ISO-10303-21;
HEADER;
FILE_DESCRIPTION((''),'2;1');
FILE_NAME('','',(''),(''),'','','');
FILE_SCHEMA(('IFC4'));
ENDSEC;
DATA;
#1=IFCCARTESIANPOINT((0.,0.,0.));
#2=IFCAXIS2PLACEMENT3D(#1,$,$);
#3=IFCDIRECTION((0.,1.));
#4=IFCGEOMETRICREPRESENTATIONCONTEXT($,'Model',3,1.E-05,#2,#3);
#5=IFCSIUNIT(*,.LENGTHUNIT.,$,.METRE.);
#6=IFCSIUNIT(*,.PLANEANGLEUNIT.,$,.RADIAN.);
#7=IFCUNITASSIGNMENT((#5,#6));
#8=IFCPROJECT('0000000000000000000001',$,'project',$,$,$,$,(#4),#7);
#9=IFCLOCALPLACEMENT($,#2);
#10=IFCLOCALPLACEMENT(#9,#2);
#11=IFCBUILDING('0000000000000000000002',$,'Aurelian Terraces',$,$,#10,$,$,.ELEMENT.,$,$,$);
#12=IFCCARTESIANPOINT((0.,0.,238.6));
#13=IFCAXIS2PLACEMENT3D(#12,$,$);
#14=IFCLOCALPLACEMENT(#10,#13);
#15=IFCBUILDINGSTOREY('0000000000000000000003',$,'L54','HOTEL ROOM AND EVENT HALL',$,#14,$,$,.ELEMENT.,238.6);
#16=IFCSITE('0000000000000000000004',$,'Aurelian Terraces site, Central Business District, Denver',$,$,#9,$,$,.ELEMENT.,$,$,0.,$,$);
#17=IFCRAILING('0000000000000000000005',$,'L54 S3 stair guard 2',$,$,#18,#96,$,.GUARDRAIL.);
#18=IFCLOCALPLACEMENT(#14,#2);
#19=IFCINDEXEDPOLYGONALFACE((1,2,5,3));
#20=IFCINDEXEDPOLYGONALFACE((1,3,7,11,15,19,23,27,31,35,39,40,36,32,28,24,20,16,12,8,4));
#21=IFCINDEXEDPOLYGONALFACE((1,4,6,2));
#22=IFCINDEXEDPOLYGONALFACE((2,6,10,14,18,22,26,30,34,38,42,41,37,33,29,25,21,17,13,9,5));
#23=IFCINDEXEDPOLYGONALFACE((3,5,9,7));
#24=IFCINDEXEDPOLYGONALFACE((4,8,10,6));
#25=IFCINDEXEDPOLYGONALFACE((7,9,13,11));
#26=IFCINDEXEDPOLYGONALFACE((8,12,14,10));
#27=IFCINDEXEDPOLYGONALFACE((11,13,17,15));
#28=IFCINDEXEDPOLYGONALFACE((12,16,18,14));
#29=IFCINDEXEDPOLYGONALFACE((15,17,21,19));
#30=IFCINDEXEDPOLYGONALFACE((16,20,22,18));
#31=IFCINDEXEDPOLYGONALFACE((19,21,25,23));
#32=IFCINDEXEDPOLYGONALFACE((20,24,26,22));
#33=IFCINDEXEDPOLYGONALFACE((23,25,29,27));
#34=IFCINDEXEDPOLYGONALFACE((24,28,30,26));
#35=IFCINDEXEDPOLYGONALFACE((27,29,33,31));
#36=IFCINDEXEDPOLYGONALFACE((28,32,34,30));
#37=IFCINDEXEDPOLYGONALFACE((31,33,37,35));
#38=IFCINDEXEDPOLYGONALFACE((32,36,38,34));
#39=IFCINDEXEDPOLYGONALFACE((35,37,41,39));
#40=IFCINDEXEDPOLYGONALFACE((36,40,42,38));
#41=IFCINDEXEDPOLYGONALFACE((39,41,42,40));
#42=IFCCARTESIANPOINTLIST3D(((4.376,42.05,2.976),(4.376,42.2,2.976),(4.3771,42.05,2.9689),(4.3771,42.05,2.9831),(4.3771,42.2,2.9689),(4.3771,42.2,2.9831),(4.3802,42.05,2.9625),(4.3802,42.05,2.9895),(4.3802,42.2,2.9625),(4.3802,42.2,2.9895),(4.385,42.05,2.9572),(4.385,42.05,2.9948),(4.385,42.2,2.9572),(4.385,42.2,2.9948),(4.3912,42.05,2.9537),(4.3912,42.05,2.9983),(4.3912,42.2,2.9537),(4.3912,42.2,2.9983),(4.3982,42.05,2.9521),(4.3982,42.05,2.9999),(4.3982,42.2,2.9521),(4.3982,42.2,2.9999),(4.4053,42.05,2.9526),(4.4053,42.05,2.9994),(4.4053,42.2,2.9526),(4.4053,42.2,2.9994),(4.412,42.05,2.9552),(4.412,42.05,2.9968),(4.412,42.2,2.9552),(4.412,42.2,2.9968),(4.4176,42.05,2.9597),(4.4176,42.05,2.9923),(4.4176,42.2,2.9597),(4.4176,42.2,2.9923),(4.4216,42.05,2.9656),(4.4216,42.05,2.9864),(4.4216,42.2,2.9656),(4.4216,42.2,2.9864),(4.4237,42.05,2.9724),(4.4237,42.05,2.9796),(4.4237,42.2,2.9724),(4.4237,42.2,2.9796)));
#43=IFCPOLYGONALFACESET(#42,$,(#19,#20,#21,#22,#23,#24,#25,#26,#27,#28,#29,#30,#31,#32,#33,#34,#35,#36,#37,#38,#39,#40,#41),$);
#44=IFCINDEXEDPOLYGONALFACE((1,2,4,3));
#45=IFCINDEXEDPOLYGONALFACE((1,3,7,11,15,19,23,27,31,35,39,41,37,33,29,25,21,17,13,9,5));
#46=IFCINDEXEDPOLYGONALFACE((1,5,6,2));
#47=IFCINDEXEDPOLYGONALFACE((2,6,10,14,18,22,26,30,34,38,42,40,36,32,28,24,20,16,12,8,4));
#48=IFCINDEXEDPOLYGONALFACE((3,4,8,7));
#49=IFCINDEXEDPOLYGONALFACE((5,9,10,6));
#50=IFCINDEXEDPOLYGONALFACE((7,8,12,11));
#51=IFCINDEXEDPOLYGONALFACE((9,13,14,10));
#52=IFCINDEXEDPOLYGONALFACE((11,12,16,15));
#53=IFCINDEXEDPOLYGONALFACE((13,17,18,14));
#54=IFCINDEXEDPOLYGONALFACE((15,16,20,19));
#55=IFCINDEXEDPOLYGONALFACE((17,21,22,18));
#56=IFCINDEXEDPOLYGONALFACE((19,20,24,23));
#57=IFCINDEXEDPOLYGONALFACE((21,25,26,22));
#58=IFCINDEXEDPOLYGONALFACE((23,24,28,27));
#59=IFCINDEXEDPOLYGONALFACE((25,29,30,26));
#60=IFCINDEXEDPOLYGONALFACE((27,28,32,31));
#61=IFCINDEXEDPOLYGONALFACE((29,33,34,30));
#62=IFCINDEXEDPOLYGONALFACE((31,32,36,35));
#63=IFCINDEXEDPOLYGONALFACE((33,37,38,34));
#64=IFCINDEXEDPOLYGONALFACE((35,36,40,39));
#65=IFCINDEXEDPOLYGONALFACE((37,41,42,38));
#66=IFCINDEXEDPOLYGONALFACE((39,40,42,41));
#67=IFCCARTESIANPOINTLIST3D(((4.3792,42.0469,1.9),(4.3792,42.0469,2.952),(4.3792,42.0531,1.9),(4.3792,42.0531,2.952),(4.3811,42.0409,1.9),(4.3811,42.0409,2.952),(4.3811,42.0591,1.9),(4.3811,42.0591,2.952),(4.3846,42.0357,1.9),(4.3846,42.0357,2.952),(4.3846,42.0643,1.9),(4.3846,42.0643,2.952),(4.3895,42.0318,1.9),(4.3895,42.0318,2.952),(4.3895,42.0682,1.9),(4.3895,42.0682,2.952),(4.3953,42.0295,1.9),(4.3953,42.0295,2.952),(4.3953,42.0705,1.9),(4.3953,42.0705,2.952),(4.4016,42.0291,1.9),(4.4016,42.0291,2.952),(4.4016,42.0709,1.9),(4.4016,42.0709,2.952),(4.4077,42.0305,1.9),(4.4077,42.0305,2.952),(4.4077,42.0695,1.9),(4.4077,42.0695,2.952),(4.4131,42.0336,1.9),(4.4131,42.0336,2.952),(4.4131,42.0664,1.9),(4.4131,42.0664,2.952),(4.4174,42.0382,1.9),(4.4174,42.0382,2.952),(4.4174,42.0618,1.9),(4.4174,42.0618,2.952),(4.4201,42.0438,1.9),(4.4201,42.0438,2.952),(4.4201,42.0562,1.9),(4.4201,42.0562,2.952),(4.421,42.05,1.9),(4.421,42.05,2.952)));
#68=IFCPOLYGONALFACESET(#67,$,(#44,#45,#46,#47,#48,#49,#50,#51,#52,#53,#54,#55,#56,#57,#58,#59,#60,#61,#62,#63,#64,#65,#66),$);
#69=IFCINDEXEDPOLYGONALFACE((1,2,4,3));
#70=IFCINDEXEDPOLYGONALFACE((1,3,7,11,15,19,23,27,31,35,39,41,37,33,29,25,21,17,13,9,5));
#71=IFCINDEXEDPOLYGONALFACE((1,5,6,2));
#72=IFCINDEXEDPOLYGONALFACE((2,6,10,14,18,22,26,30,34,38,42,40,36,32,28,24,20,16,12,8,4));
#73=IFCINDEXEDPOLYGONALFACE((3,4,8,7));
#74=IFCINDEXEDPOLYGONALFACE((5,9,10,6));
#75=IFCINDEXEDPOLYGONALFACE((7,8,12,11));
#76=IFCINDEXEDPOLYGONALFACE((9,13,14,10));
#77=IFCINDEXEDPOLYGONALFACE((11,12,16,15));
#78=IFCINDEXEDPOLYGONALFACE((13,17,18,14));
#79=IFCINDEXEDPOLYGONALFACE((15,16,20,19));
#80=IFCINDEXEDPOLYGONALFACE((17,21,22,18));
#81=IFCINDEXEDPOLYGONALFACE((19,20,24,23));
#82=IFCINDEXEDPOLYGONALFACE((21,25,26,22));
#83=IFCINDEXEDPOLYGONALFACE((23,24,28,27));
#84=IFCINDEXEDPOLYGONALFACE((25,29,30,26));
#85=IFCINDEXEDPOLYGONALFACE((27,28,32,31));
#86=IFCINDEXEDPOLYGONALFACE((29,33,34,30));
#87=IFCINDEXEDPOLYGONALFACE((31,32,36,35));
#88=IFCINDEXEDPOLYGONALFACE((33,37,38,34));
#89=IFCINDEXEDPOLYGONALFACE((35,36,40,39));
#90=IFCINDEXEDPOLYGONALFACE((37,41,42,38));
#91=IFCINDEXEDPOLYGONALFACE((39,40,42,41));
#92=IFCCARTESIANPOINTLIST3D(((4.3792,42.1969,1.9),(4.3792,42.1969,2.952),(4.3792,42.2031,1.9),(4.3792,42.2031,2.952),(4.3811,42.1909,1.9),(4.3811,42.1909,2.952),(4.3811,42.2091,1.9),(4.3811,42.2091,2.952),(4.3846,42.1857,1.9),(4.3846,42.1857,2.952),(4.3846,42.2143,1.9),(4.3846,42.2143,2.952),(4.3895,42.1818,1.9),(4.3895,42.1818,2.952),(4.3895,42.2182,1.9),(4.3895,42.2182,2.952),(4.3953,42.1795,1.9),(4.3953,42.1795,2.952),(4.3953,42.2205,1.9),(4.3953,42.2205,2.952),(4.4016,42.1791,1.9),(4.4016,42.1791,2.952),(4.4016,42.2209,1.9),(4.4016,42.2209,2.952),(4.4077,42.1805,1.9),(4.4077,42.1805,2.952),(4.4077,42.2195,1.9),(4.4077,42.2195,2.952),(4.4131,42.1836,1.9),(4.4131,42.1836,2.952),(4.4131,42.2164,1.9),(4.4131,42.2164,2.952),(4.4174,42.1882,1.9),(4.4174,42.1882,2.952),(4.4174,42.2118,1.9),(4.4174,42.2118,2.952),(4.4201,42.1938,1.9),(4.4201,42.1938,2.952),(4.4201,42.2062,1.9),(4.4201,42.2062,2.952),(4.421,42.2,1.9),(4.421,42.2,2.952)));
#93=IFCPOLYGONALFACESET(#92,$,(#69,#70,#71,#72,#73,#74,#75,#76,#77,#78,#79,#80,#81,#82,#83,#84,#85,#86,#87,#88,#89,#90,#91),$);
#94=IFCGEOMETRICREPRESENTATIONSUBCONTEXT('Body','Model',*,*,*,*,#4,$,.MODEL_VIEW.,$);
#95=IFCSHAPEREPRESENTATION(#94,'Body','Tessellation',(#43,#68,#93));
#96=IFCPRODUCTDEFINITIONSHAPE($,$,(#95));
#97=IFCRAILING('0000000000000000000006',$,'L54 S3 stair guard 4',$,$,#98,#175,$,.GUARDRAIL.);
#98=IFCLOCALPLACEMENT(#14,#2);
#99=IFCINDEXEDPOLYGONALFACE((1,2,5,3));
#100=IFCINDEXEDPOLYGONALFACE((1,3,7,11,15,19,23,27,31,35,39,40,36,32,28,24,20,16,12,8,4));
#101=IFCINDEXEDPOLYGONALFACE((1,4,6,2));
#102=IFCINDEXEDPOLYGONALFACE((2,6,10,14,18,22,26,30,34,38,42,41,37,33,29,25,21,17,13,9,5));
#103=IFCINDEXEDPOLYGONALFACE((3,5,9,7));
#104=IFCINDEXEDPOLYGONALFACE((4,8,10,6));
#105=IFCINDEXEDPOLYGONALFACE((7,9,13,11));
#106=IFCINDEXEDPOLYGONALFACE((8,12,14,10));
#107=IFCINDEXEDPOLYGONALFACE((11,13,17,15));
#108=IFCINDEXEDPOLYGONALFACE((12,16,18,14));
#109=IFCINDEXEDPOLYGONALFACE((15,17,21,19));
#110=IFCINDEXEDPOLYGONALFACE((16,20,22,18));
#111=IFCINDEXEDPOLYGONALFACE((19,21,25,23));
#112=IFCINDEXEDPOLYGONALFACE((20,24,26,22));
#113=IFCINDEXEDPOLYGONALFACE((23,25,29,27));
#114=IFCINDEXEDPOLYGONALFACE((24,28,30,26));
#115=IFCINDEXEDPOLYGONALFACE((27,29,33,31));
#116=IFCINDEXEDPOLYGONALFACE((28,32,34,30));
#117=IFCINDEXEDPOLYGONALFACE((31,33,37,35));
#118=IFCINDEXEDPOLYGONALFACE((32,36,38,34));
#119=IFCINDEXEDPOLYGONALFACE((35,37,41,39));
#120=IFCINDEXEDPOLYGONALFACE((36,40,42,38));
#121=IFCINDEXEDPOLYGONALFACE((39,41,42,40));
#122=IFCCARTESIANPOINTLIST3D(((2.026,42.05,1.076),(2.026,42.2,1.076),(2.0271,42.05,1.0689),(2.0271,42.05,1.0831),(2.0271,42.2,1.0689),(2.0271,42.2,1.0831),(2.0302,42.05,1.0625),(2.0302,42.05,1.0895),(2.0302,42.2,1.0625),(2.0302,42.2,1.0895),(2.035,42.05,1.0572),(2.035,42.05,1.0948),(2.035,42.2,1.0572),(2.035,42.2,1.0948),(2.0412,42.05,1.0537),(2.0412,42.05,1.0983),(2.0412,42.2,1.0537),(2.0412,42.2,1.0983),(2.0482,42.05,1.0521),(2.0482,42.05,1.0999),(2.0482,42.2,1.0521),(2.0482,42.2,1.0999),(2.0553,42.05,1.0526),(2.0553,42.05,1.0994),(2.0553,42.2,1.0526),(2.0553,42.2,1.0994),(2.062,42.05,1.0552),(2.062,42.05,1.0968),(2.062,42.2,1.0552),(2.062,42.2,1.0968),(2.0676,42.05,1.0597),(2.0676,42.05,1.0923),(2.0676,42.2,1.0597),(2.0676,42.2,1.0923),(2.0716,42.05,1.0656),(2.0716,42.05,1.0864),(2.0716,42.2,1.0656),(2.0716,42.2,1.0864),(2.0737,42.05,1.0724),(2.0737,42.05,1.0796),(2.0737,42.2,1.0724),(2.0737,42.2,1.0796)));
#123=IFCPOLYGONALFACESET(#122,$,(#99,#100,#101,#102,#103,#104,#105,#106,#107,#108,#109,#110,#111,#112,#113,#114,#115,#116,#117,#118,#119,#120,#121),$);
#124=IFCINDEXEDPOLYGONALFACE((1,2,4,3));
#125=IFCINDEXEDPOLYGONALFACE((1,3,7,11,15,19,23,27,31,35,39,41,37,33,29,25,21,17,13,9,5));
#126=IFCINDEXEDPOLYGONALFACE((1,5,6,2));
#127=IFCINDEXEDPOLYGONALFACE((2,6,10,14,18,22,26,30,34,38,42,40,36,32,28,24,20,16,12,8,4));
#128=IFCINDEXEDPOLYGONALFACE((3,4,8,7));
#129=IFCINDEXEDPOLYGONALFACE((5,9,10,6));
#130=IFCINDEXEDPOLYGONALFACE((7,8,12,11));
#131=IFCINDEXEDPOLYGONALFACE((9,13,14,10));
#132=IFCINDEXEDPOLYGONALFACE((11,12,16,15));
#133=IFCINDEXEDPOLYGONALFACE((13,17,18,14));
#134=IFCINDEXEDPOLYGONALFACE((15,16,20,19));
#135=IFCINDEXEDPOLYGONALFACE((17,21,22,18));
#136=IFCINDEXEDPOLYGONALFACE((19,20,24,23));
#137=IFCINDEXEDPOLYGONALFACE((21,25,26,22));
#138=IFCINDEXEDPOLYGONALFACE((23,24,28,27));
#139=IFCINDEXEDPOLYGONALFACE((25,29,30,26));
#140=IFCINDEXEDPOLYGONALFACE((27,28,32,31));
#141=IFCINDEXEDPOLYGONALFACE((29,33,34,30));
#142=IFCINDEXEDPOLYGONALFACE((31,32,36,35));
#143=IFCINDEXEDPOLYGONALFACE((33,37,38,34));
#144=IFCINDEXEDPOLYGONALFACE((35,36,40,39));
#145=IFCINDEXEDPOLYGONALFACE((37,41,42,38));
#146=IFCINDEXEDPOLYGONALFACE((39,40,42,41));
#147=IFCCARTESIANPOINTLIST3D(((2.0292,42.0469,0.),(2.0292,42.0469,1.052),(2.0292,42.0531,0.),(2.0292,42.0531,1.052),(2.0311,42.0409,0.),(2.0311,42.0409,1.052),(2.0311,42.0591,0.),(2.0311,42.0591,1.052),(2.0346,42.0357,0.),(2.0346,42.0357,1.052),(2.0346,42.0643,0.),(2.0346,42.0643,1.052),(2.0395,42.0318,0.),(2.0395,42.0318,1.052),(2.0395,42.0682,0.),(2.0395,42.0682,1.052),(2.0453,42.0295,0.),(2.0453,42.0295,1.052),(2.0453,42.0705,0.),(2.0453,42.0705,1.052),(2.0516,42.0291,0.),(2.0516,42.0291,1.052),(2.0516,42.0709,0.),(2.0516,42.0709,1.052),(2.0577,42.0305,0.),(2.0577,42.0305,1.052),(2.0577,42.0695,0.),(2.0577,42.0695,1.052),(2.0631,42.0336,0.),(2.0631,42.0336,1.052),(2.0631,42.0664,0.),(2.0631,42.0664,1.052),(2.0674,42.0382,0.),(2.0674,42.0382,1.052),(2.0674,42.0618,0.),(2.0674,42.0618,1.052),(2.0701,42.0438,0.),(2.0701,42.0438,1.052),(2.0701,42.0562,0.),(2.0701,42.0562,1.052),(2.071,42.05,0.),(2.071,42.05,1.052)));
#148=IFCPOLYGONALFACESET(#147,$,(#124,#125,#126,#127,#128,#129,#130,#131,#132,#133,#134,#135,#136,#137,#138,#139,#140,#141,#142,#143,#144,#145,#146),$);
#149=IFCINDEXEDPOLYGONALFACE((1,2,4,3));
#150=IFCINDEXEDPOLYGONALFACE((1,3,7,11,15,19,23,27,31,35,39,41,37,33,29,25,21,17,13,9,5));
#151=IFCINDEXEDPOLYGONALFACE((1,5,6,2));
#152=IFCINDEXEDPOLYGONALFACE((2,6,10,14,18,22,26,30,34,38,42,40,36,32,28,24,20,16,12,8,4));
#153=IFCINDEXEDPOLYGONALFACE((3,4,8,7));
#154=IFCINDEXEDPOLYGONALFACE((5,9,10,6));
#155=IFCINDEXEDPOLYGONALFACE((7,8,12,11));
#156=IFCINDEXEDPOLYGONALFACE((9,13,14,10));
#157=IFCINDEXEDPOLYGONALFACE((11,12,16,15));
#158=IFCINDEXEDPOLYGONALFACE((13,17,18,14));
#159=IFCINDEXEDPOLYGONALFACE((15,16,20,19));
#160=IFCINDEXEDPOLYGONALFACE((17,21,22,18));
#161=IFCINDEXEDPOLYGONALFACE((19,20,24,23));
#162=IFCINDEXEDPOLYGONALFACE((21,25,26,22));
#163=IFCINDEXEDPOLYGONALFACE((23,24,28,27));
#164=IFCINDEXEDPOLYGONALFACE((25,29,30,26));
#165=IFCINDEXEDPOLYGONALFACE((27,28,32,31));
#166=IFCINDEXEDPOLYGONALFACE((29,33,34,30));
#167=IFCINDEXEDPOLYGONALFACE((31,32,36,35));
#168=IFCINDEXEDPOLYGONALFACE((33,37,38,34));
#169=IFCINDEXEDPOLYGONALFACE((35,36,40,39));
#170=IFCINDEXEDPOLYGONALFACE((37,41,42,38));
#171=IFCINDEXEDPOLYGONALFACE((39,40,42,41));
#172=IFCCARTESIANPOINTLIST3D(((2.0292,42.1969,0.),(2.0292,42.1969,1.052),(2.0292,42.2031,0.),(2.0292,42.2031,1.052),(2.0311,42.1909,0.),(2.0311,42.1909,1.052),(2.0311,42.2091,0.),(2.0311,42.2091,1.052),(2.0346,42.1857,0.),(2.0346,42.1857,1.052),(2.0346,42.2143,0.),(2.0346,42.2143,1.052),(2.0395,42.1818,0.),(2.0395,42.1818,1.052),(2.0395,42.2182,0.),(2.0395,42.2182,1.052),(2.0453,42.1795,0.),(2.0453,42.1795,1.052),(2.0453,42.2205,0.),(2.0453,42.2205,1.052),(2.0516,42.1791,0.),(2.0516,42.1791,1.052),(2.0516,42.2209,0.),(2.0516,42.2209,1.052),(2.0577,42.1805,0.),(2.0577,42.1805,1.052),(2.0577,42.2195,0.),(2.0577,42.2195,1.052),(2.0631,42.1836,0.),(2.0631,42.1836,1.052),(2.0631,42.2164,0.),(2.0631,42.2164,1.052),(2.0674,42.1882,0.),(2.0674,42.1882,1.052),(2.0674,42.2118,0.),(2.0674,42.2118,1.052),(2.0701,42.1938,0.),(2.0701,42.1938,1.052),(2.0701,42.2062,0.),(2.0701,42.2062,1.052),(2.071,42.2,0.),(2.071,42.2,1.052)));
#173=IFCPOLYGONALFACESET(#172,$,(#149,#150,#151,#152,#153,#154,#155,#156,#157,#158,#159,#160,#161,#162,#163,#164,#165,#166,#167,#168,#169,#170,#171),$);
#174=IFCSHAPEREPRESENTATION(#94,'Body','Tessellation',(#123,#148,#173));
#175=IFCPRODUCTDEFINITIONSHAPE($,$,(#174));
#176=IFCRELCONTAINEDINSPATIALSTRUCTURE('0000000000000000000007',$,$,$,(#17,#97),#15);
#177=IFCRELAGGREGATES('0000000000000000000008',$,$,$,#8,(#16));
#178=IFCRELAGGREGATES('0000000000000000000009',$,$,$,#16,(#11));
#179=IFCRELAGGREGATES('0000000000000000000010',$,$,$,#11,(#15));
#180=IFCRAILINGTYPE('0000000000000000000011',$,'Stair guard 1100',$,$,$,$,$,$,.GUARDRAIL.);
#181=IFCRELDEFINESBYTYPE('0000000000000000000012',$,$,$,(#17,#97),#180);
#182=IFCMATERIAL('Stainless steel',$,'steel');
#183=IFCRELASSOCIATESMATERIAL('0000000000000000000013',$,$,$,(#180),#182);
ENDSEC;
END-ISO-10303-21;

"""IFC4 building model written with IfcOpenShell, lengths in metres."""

from ifc_helpers import new_model, si_unit, direction, frame, origin, origin_2d, place, context, subcontext, project, spatial, circle, extrude, source, transform, mapped, material, type_object, element, save


model = new_model("IFC4")

# Units and contexts
model_context = context("Model", 3, precision=1e-05, world=origin(), true_north=direction((0.0, 1.0)))
body_context = subcontext(model_context, "Body", "Model", "MODEL_VIEW")
ifc_project = project(units=[si_unit("LENGTHUNIT", "METRE"), si_unit("PLANEANGLEUNIT", "RADIAN")], contexts=[model_context])

# Site, building, storey
site_placement = place(None, origin())
site = spatial("IfcSite", under=ifc_project, at=site_placement, Name="Aurelian Terraces site, Central Business District, Denver", CompositionType="ELEMENT", RefElevation=0.0)
building_placement = place(site_placement, origin())
building = spatial("IfcBuilding", under=site, at=building_placement, Name="Aurelian Terraces", CompositionType="ELEMENT")
storey_placement = place(building_placement, frame((0.0, 0.0, 238.6)))
storey = spatial("IfcBuildingStorey", under=building, at=storey_placement, Name="L54", Description="HOTEL ROOM AND EVENT HALL", CompositionType="ELEMENT", Elevation=238.6)

# Railings
ifc_material_1 = material(Name="Stainless steel", Category="steel")
railing_type_1 = type_object("IfcRailingType", Name="Stair guard 1100", PredefinedType="GUARDRAIL", material=ifc_material_1)
shared_shape_1 = source(origin(), body_context, "Body", "SweptSolid", [
    extrude(circle(Radius=0.024, at=origin_2d()), frame((0.0, 0.0, 1.076), z_axis=(0.0, 1.0, 0.0), x_axis=(-1.0, 0.0, 0.0)), (0.0, 0.0, 1.0), 0.15),
    extrude(circle(Radius=0.021, at=origin_2d()), origin(), (0.0, 0.0, 1.0), 1.052),
    extrude(circle(Radius=0.021, at=origin_2d()), frame((0.0, 0.15, 0.0)), (0.0, 0.0, 1.0), 1.052),
])
for number, where, name in (
    (1, (4.4, 42.05, 1.9), "L54 S3 stair guard 2"),
    (2, (2.05, 42.05, 0.0), "L54 S3 stair guard 4"),
):
    element("IfcRailing", number, at=place(storey_placement, frame(where)), inside=storey, type_object=railing_type_1, Name=name, PredefinedType="GUARDRAIL", context=body_context, shape_type="MappedRepresentation", body=[
        mapped(shared_shape_1, transform((0.0, 0.0, 0.0), scale=1.0)),
    ])

save(model, "model.ifc")
